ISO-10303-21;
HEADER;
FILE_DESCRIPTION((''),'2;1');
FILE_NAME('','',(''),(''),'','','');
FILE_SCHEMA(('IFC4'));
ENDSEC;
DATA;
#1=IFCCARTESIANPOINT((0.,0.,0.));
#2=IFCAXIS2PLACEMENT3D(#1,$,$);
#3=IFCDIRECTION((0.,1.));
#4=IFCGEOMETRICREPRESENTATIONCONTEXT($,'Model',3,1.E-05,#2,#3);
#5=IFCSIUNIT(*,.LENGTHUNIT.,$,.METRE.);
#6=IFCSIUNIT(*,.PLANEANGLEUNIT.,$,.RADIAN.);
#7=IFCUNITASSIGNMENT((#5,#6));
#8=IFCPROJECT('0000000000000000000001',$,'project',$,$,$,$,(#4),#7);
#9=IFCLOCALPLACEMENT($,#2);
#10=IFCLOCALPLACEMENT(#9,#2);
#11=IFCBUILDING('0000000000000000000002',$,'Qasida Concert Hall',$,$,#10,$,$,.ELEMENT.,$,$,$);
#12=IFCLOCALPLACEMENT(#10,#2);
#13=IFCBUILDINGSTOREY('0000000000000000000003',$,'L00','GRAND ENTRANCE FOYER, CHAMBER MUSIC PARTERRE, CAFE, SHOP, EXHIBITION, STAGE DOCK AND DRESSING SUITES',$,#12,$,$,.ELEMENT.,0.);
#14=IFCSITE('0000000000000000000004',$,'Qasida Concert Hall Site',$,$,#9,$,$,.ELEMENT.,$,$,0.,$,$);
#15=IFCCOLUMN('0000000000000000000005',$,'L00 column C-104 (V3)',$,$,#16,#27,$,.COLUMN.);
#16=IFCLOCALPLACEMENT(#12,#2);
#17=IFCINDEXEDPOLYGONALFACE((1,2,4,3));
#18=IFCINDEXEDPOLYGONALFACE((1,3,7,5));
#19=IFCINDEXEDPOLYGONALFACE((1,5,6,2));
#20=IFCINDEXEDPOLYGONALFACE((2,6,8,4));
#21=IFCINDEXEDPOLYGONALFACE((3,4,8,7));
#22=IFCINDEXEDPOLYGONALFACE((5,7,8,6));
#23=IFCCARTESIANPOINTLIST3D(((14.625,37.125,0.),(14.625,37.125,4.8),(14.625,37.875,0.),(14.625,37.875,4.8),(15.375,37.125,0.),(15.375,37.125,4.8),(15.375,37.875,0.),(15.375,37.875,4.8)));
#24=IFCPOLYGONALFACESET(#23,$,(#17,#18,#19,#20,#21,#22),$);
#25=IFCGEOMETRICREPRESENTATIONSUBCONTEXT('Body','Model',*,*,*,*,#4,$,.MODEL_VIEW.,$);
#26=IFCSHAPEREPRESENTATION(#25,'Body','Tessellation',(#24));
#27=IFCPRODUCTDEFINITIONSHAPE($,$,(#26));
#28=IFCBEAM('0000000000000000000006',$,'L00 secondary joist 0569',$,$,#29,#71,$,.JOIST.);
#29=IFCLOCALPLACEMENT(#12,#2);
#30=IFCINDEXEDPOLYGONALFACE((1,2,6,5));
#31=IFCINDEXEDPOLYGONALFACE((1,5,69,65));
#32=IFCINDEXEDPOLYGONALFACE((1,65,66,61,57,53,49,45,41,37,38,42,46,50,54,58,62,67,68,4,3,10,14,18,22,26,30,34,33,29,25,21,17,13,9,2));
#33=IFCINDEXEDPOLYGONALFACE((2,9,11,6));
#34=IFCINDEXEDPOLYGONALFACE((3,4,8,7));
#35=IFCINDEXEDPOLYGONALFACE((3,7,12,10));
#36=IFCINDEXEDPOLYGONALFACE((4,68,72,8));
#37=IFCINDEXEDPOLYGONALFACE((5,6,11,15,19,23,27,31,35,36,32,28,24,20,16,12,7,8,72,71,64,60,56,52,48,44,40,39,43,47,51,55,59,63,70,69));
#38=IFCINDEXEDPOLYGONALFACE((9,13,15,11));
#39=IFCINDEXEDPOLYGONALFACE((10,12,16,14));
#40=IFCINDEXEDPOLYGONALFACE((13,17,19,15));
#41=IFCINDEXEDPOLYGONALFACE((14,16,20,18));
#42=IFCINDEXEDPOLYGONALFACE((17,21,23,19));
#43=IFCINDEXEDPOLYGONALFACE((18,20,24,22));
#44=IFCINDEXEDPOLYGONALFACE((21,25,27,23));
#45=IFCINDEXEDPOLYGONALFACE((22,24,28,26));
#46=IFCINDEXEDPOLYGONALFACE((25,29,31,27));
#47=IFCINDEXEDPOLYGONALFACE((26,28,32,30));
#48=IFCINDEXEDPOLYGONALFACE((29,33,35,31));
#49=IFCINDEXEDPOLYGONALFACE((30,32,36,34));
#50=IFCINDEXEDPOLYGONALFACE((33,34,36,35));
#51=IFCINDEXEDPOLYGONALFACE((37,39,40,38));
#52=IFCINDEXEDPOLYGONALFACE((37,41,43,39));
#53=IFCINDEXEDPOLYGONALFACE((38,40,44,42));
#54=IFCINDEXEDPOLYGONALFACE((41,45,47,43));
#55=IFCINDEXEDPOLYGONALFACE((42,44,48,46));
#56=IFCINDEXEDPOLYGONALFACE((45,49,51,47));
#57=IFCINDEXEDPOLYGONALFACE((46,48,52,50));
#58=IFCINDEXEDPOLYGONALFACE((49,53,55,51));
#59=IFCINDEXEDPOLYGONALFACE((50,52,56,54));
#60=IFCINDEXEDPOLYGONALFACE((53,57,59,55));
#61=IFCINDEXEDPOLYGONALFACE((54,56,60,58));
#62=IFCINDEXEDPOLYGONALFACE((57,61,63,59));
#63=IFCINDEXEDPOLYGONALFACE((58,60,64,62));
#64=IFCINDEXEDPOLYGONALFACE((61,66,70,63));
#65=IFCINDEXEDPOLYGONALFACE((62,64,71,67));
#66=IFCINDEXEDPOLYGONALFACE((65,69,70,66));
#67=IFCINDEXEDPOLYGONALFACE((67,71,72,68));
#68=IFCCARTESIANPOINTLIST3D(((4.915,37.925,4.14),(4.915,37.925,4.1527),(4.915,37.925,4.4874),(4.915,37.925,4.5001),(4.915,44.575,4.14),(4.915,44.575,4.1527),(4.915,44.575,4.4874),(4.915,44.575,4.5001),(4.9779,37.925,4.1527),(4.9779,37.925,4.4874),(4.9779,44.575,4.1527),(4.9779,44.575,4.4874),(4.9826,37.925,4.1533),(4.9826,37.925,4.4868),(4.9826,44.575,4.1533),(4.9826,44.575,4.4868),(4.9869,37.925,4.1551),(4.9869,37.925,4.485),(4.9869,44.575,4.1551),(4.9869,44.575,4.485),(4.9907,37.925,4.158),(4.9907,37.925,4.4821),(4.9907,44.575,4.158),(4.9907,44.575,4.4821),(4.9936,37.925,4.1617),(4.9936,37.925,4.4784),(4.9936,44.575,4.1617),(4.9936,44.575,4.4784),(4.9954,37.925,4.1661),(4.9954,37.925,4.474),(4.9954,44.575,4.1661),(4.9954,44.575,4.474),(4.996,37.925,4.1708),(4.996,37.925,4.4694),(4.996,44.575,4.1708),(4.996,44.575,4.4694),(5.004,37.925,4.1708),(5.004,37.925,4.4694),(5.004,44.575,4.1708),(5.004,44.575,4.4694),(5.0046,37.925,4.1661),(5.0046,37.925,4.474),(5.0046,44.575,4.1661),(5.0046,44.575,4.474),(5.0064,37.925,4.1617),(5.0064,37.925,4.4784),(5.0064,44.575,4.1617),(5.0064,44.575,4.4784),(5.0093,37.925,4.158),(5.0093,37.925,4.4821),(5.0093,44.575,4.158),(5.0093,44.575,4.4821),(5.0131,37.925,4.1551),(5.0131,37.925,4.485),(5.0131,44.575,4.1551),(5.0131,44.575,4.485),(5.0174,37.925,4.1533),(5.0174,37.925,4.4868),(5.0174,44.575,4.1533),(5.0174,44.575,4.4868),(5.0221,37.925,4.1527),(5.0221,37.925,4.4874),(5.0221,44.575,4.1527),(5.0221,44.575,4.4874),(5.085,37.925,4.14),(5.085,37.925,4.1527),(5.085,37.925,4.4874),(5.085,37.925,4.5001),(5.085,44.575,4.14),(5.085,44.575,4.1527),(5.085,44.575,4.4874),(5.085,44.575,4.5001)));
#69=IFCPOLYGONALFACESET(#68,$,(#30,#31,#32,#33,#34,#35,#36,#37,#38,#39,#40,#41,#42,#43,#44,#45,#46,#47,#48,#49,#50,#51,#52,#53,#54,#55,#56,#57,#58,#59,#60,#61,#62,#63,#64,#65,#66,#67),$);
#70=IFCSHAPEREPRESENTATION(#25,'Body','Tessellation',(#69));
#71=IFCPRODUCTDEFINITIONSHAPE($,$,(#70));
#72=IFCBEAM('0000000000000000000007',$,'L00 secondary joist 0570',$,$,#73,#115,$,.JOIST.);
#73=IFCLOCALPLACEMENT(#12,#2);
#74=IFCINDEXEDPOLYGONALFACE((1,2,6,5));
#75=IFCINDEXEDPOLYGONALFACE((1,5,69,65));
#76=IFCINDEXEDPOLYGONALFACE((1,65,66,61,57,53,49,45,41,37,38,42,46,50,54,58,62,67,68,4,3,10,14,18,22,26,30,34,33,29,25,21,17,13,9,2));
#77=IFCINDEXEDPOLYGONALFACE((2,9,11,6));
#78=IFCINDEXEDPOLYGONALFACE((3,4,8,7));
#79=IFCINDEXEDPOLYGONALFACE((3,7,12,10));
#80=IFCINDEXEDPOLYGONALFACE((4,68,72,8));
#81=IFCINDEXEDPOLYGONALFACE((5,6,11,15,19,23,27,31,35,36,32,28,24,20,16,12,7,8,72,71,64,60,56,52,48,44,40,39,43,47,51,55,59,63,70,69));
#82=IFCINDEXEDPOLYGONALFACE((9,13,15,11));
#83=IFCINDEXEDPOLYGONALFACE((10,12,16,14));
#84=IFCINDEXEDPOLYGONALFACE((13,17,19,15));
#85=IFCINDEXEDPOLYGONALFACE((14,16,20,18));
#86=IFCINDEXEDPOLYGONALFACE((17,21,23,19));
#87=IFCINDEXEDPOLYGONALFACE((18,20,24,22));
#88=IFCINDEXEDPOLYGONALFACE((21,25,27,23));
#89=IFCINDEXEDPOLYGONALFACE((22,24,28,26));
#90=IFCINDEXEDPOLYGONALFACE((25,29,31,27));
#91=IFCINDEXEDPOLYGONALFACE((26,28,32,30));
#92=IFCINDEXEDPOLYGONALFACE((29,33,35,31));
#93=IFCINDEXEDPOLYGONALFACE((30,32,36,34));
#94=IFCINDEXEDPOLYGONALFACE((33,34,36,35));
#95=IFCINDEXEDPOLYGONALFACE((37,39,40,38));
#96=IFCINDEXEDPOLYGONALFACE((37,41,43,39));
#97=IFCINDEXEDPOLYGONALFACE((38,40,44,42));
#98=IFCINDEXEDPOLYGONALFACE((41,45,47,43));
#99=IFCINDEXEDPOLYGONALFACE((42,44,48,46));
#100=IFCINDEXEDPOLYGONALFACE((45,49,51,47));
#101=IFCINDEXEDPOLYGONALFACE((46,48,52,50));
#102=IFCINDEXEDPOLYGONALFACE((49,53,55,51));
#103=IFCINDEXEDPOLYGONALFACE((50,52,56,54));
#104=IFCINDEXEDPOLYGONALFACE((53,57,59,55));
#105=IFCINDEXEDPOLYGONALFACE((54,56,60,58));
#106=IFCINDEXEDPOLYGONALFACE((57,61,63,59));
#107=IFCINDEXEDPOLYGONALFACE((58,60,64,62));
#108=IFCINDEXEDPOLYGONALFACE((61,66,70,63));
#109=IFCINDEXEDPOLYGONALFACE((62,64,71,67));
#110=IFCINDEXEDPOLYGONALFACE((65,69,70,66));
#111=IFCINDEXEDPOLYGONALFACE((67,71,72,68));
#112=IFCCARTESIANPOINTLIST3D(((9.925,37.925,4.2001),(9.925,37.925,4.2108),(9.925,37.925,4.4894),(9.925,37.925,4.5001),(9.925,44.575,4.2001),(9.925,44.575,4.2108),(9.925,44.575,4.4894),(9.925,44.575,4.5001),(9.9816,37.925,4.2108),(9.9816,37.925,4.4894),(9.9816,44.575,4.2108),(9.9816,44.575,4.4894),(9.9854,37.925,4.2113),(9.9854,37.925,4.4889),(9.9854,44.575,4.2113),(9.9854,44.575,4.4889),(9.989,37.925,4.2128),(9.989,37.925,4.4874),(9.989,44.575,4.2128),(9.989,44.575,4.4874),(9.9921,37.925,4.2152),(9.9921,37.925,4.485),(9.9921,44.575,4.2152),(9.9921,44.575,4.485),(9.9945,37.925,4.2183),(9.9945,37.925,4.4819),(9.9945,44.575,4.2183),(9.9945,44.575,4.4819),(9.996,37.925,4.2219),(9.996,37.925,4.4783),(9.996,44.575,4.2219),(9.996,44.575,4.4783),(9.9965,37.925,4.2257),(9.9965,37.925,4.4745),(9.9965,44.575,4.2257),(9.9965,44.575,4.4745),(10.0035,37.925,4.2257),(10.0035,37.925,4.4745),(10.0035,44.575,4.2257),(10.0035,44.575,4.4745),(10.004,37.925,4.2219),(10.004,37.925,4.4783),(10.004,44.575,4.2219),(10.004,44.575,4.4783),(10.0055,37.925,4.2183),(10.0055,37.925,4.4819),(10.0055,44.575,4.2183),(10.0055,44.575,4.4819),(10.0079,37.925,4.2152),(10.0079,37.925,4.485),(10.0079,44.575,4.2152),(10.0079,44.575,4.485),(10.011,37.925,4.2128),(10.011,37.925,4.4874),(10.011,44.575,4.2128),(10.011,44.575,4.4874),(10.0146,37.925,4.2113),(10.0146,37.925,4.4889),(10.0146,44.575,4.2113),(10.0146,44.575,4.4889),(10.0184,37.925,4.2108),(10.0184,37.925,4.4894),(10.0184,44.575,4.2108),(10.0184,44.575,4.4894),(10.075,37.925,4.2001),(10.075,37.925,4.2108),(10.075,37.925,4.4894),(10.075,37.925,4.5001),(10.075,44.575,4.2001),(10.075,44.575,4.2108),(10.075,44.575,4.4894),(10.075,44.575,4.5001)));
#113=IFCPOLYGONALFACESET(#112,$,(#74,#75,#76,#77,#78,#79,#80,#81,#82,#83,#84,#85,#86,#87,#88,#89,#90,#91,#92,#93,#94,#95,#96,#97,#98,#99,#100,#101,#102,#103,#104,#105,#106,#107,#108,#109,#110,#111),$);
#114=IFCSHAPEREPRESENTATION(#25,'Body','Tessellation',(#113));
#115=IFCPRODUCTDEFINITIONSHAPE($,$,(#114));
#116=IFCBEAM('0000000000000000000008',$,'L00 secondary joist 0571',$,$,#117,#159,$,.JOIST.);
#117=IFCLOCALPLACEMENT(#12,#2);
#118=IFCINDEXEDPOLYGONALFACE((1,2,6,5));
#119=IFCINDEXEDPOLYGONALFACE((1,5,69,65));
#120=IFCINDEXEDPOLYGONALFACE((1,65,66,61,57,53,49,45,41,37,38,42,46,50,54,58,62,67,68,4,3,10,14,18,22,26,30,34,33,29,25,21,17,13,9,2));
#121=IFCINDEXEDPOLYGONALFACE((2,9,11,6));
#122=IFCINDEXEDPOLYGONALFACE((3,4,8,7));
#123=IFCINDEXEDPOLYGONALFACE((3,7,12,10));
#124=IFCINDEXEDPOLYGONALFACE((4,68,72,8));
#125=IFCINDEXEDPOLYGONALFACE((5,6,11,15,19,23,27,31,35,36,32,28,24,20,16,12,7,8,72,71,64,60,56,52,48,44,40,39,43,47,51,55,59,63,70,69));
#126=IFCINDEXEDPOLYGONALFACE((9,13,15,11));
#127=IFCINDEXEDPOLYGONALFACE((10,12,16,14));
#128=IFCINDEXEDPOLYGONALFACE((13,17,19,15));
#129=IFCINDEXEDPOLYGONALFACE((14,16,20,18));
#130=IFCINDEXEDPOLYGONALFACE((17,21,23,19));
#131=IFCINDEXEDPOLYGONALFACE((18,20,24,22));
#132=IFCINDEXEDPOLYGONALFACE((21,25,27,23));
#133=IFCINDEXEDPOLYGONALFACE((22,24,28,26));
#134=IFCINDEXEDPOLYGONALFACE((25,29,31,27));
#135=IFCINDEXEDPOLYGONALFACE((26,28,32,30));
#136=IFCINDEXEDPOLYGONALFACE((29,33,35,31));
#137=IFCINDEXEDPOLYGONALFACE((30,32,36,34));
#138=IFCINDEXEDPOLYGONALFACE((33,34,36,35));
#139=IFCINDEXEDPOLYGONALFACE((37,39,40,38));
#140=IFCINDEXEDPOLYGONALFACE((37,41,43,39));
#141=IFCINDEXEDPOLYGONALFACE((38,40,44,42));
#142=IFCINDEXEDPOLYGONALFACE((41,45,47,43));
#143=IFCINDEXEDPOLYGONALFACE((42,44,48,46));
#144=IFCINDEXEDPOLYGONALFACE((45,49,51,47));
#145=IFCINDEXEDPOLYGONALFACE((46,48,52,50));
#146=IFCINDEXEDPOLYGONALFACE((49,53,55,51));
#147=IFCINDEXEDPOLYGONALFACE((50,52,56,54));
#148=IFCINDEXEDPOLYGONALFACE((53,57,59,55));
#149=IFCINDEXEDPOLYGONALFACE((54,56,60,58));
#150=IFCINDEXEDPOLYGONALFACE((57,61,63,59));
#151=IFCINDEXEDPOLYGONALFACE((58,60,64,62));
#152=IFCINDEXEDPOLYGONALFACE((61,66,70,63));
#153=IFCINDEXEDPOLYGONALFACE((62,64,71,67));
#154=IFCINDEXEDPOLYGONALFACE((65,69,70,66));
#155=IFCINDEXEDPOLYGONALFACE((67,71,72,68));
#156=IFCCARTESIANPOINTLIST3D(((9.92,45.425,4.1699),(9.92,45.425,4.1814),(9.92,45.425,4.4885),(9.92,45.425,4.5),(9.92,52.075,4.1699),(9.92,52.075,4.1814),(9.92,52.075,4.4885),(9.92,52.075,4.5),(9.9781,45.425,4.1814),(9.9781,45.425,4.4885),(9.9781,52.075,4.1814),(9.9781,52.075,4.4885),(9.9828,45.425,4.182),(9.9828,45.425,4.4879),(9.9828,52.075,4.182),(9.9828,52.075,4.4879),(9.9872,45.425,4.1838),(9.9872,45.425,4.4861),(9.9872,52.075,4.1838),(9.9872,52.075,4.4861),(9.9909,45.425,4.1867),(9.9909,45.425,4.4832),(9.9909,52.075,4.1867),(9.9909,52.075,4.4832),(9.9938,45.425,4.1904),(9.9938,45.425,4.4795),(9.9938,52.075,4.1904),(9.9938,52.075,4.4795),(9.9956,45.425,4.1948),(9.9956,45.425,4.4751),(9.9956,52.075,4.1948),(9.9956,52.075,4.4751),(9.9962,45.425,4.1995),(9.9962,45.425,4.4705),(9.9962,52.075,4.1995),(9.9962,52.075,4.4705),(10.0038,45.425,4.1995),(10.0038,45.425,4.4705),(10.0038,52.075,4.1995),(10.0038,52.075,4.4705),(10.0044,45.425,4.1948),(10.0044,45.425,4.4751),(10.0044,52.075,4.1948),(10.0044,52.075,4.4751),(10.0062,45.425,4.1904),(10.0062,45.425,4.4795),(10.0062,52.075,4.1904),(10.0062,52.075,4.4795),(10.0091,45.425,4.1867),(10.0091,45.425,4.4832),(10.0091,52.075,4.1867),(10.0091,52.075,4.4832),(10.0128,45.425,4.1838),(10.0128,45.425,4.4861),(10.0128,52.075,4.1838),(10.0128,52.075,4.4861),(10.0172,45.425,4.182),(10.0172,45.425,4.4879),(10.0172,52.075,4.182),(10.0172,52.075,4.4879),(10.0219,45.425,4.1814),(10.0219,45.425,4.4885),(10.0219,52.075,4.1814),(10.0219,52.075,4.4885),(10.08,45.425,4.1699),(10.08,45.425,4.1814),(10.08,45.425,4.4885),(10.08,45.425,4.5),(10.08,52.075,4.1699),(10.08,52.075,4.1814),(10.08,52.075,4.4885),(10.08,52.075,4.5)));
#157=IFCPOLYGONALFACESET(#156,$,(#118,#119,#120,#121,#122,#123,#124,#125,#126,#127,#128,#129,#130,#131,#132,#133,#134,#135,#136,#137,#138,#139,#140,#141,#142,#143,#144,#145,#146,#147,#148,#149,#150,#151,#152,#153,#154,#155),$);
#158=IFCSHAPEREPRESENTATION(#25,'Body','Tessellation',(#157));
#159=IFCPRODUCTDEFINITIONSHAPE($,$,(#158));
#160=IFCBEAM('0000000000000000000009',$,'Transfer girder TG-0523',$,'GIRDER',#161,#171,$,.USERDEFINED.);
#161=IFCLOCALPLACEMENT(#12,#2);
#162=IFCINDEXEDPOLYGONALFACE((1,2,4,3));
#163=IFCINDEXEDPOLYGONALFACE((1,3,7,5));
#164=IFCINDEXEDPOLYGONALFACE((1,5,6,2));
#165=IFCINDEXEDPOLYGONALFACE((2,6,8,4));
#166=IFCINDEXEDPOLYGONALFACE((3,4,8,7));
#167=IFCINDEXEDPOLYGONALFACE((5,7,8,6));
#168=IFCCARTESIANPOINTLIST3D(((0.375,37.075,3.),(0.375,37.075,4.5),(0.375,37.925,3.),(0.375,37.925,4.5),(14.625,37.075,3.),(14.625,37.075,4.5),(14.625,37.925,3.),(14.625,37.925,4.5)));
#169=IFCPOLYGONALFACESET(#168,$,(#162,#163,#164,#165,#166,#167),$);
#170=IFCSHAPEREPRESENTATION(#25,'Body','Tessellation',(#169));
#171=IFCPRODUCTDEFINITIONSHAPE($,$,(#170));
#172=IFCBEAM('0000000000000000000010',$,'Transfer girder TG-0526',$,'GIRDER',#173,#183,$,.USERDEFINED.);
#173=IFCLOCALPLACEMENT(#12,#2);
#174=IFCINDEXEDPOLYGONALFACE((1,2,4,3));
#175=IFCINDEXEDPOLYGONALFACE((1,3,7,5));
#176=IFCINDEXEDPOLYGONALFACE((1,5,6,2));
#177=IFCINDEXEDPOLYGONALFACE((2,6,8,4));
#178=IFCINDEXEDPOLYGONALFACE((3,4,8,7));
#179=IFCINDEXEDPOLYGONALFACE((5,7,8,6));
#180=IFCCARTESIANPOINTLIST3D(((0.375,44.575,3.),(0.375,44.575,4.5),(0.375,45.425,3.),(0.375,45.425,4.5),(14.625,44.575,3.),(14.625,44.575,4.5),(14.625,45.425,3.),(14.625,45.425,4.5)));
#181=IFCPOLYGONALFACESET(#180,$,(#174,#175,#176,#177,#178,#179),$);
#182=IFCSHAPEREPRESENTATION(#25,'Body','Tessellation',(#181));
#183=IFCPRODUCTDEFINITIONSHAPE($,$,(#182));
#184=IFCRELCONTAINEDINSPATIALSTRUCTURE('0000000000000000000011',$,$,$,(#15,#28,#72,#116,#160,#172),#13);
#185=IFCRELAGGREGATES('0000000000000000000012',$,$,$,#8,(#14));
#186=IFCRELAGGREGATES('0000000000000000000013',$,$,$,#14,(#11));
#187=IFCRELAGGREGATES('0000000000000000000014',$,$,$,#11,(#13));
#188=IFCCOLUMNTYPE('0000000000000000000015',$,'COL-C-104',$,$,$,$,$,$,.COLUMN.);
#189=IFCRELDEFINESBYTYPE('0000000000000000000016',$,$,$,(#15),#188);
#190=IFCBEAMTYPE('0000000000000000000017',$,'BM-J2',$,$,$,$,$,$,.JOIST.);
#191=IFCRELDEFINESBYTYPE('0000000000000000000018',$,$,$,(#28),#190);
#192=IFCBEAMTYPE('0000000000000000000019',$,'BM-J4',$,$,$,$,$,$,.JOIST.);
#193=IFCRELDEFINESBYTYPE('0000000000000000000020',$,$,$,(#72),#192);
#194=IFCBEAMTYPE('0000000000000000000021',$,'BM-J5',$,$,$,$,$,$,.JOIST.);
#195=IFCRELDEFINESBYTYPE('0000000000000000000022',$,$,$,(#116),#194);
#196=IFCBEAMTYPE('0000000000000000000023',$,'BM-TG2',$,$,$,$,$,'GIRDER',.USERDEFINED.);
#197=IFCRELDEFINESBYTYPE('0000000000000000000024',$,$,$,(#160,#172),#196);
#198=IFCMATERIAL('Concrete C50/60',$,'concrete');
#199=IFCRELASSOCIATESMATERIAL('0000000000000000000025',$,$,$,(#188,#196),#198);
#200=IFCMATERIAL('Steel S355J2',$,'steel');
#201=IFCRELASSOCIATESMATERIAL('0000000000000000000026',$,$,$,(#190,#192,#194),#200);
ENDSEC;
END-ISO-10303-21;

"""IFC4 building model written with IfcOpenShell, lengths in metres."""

from ifc_helpers import new_model, si_unit, direction, frame, origin, origin_2d, place, context, subcontext, project, spatial, rectangle, i_section, extrude, material, material_profile, profile_set, type_object, element, save


model = new_model("IFC4")

# Units and contexts
model_context = context("Model", 3, precision=1e-05, world=origin(), true_north=direction((0.0, 1.0)))
body_context = subcontext(model_context, "Body", "Model", "MODEL_VIEW")
ifc_project = project(units=[si_unit("LENGTHUNIT", "METRE"), si_unit("PLANEANGLEUNIT", "RADIAN")], contexts=[model_context])

# Site, building, storey
site_placement = place(None, origin())
site = spatial("IfcSite", under=ifc_project, at=site_placement, Name="Qasida Concert Hall Site", CompositionType="ELEMENT", RefElevation=0.0)
building_placement = place(site_placement, origin())
building = spatial("IfcBuilding", under=site, at=building_placement, Name="Qasida Concert Hall", CompositionType="ELEMENT")
storey_placement = place(building_placement, origin())
storey = spatial("IfcBuildingStorey", under=building, at=storey_placement, Name="L00", Description="GRAND ENTRANCE FOYER, CHAMBER MUSIC PARTERRE, CAFE, SHOP, EXHIBITION, STAGE DOCK AND DRESSING SUITES", CompositionType="ELEMENT", Elevation=0.0)

# Column
ifc_material_1 = material(Name="Concrete C50/60", Category="concrete")
ifc_material_profile_1 = material_profile(ifc_material_1, rectangle(XDim=0.75, YDim=0.75, at=origin_2d()), Name="RC 750x750")
ifc_profile_set_1 = profile_set([ifc_material_profile_1], Name="Concrete C50/60")
column_type = type_object("IfcColumnType", Name="COL-C-104", PredefinedType="COLUMN", material=ifc_profile_set_1)
column_placement = place(storey_placement, frame((15.0, 37.5, 0.0), z_axis=(0.0, 0.0, 1.0), x_axis=(1.0, 0.0, 0.0)))
element("IfcColumn", 1, at=column_placement, inside=storey, type_object=column_type, Name="L00 column C-104 (V3)", PredefinedType="COLUMN", context=body_context, shape_type="SweptSolid", body=[
    extrude(rectangle(XDim=0.75, YDim=0.75, at=origin_2d()), origin(), (0.0, 0.0, 1.0), 4.8),
])

# Beams
ifc_material_2 = material(Name="Steel S355J2", Category="steel")
ifc_material_profile_2 = material_profile(ifc_material_2, i_section(OverallWidth=0.1699, OverallDepth=0.3601, WebThickness=0.0081, FlangeThickness=0.0127, FilletRadius=0.0181, at=origin_2d()), Name="IPE 360")
ifc_profile_set_2 = profile_set([ifc_material_profile_2], Name="Steel S355J2")
beam_type_1 = type_object("IfcBeamType", Name="BM-J2", PredefinedType="JOIST", material=ifc_profile_set_2)
beam_1_placement = place(storey_placement, frame((5.0, 37.925, 4.3201), z_axis=(0.0, 1.0, 0.0), x_axis=(-1.0, 0.0, 0.0)))
element("IfcBeam", 2, at=beam_1_placement, inside=storey, type_object=beam_type_1, Name="L00 secondary joist 0569", PredefinedType="JOIST", context=body_context, shape_type="SweptSolid", body=[
    extrude(i_section(OverallWidth=0.1699, OverallDepth=0.3601, WebThickness=0.0081, FlangeThickness=0.0127, FilletRadius=0.0181, at=origin_2d()), origin(), (0.0, 0.0, 1.0), 6.6499),
])
ifc_material_profile_3 = material_profile(ifc_material_2, i_section(OverallWidth=0.1499, OverallDepth=0.3, WebThickness=0.0071, FlangeThickness=0.0107, FilletRadius=0.0149, at=origin_2d()), Name="IPE 300")
ifc_profile_set_3 = profile_set([ifc_material_profile_3], Name="Steel S355J2")
beam_type_2 = type_object("IfcBeamType", Name="BM-J4", PredefinedType="JOIST", material=ifc_profile_set_3)
beam_2_placement = place(storey_placement, frame((10.0, 37.925, 4.3501), z_axis=(0.0, 1.0, 0.0), x_axis=(-1.0, 0.0, 0.0)))
element("IfcBeam", 3, at=beam_2_placement, inside=storey, type_object=beam_type_2, Name="L00 secondary joist 0570", PredefinedType="JOIST", context=body_context, shape_type="SweptSolid", body=[
    extrude(i_section(OverallWidth=0.1499, OverallDepth=0.3, WebThickness=0.0071, FlangeThickness=0.0107, FilletRadius=0.0149, at=origin_2d()), origin(), (0.0, 0.0, 1.0), 6.6499),
])
ifc_material_profile_4 = material_profile(ifc_material_2, i_section(OverallWidth=0.1599, OverallDepth=0.3301, WebThickness=0.0076, FlangeThickness=0.0115, FilletRadius=0.0181, at=origin_2d()), Name="IPE 330")
ifc_profile_set_4 = profile_set([ifc_material_profile_4], Name="Steel S355J2")
beam_type_3 = type_object("IfcBeamType", Name="BM-J5", PredefinedType="JOIST", material=ifc_profile_set_4)
beam_3_placement = place(storey_placement, frame((10.0, 45.425, 4.335), z_axis=(0.0, 1.0, 0.0), x_axis=(-1.0, 0.0, 0.0)))
element("IfcBeam", 4, at=beam_3_placement, inside=storey, type_object=beam_type_3, Name="L00 secondary joist 0571", PredefinedType="JOIST", context=body_context, shape_type="SweptSolid", body=[
    extrude(i_section(OverallWidth=0.1599, OverallDepth=0.3301, WebThickness=0.0076, FlangeThickness=0.0115, FilletRadius=0.0181, at=origin_2d()), origin(), (0.0, 0.0, 1.0), 6.6499),
])
ifc_material_profile_5 = material_profile(ifc_material_1, rectangle(XDim=0.8501, YDim=1.5, at=origin_2d()), Name="RC 850x1500")
ifc_profile_set_5 = profile_set([ifc_material_profile_5], Name="Concrete C50/60")
beam_type_4 = type_object("IfcBeamType", Name="BM-TG2", ElementType="GIRDER", PredefinedType="USERDEFINED", material=ifc_profile_set_5)
for number, where, z_axis, x_axis, name in (
    (5, (0.375, 37.5, 3.75), (1.0, 0.0, 0.0), (0.0, 1.0, 0.0), "Transfer girder TG-0523"),
    (6, (0.375, 45.0, 3.75), (1.0, 0.0, 0.0), (0.0, 1.0, 0.0), "Transfer girder TG-0526"),
):
    element("IfcBeam", number, at=place(storey_placement, frame(where, z_axis=z_axis, x_axis=x_axis)), inside=storey, type_object=beam_type_4, Name=name, ObjectType="GIRDER", PredefinedType="USERDEFINED", context=body_context, shape_type="SweptSolid", body=[
        extrude(rectangle(XDim=0.8501, YDim=1.5, at=origin_2d()), origin(), (0.0, 0.0, 1.0), 14.25),
    ])

save(model, "model.ifc")
